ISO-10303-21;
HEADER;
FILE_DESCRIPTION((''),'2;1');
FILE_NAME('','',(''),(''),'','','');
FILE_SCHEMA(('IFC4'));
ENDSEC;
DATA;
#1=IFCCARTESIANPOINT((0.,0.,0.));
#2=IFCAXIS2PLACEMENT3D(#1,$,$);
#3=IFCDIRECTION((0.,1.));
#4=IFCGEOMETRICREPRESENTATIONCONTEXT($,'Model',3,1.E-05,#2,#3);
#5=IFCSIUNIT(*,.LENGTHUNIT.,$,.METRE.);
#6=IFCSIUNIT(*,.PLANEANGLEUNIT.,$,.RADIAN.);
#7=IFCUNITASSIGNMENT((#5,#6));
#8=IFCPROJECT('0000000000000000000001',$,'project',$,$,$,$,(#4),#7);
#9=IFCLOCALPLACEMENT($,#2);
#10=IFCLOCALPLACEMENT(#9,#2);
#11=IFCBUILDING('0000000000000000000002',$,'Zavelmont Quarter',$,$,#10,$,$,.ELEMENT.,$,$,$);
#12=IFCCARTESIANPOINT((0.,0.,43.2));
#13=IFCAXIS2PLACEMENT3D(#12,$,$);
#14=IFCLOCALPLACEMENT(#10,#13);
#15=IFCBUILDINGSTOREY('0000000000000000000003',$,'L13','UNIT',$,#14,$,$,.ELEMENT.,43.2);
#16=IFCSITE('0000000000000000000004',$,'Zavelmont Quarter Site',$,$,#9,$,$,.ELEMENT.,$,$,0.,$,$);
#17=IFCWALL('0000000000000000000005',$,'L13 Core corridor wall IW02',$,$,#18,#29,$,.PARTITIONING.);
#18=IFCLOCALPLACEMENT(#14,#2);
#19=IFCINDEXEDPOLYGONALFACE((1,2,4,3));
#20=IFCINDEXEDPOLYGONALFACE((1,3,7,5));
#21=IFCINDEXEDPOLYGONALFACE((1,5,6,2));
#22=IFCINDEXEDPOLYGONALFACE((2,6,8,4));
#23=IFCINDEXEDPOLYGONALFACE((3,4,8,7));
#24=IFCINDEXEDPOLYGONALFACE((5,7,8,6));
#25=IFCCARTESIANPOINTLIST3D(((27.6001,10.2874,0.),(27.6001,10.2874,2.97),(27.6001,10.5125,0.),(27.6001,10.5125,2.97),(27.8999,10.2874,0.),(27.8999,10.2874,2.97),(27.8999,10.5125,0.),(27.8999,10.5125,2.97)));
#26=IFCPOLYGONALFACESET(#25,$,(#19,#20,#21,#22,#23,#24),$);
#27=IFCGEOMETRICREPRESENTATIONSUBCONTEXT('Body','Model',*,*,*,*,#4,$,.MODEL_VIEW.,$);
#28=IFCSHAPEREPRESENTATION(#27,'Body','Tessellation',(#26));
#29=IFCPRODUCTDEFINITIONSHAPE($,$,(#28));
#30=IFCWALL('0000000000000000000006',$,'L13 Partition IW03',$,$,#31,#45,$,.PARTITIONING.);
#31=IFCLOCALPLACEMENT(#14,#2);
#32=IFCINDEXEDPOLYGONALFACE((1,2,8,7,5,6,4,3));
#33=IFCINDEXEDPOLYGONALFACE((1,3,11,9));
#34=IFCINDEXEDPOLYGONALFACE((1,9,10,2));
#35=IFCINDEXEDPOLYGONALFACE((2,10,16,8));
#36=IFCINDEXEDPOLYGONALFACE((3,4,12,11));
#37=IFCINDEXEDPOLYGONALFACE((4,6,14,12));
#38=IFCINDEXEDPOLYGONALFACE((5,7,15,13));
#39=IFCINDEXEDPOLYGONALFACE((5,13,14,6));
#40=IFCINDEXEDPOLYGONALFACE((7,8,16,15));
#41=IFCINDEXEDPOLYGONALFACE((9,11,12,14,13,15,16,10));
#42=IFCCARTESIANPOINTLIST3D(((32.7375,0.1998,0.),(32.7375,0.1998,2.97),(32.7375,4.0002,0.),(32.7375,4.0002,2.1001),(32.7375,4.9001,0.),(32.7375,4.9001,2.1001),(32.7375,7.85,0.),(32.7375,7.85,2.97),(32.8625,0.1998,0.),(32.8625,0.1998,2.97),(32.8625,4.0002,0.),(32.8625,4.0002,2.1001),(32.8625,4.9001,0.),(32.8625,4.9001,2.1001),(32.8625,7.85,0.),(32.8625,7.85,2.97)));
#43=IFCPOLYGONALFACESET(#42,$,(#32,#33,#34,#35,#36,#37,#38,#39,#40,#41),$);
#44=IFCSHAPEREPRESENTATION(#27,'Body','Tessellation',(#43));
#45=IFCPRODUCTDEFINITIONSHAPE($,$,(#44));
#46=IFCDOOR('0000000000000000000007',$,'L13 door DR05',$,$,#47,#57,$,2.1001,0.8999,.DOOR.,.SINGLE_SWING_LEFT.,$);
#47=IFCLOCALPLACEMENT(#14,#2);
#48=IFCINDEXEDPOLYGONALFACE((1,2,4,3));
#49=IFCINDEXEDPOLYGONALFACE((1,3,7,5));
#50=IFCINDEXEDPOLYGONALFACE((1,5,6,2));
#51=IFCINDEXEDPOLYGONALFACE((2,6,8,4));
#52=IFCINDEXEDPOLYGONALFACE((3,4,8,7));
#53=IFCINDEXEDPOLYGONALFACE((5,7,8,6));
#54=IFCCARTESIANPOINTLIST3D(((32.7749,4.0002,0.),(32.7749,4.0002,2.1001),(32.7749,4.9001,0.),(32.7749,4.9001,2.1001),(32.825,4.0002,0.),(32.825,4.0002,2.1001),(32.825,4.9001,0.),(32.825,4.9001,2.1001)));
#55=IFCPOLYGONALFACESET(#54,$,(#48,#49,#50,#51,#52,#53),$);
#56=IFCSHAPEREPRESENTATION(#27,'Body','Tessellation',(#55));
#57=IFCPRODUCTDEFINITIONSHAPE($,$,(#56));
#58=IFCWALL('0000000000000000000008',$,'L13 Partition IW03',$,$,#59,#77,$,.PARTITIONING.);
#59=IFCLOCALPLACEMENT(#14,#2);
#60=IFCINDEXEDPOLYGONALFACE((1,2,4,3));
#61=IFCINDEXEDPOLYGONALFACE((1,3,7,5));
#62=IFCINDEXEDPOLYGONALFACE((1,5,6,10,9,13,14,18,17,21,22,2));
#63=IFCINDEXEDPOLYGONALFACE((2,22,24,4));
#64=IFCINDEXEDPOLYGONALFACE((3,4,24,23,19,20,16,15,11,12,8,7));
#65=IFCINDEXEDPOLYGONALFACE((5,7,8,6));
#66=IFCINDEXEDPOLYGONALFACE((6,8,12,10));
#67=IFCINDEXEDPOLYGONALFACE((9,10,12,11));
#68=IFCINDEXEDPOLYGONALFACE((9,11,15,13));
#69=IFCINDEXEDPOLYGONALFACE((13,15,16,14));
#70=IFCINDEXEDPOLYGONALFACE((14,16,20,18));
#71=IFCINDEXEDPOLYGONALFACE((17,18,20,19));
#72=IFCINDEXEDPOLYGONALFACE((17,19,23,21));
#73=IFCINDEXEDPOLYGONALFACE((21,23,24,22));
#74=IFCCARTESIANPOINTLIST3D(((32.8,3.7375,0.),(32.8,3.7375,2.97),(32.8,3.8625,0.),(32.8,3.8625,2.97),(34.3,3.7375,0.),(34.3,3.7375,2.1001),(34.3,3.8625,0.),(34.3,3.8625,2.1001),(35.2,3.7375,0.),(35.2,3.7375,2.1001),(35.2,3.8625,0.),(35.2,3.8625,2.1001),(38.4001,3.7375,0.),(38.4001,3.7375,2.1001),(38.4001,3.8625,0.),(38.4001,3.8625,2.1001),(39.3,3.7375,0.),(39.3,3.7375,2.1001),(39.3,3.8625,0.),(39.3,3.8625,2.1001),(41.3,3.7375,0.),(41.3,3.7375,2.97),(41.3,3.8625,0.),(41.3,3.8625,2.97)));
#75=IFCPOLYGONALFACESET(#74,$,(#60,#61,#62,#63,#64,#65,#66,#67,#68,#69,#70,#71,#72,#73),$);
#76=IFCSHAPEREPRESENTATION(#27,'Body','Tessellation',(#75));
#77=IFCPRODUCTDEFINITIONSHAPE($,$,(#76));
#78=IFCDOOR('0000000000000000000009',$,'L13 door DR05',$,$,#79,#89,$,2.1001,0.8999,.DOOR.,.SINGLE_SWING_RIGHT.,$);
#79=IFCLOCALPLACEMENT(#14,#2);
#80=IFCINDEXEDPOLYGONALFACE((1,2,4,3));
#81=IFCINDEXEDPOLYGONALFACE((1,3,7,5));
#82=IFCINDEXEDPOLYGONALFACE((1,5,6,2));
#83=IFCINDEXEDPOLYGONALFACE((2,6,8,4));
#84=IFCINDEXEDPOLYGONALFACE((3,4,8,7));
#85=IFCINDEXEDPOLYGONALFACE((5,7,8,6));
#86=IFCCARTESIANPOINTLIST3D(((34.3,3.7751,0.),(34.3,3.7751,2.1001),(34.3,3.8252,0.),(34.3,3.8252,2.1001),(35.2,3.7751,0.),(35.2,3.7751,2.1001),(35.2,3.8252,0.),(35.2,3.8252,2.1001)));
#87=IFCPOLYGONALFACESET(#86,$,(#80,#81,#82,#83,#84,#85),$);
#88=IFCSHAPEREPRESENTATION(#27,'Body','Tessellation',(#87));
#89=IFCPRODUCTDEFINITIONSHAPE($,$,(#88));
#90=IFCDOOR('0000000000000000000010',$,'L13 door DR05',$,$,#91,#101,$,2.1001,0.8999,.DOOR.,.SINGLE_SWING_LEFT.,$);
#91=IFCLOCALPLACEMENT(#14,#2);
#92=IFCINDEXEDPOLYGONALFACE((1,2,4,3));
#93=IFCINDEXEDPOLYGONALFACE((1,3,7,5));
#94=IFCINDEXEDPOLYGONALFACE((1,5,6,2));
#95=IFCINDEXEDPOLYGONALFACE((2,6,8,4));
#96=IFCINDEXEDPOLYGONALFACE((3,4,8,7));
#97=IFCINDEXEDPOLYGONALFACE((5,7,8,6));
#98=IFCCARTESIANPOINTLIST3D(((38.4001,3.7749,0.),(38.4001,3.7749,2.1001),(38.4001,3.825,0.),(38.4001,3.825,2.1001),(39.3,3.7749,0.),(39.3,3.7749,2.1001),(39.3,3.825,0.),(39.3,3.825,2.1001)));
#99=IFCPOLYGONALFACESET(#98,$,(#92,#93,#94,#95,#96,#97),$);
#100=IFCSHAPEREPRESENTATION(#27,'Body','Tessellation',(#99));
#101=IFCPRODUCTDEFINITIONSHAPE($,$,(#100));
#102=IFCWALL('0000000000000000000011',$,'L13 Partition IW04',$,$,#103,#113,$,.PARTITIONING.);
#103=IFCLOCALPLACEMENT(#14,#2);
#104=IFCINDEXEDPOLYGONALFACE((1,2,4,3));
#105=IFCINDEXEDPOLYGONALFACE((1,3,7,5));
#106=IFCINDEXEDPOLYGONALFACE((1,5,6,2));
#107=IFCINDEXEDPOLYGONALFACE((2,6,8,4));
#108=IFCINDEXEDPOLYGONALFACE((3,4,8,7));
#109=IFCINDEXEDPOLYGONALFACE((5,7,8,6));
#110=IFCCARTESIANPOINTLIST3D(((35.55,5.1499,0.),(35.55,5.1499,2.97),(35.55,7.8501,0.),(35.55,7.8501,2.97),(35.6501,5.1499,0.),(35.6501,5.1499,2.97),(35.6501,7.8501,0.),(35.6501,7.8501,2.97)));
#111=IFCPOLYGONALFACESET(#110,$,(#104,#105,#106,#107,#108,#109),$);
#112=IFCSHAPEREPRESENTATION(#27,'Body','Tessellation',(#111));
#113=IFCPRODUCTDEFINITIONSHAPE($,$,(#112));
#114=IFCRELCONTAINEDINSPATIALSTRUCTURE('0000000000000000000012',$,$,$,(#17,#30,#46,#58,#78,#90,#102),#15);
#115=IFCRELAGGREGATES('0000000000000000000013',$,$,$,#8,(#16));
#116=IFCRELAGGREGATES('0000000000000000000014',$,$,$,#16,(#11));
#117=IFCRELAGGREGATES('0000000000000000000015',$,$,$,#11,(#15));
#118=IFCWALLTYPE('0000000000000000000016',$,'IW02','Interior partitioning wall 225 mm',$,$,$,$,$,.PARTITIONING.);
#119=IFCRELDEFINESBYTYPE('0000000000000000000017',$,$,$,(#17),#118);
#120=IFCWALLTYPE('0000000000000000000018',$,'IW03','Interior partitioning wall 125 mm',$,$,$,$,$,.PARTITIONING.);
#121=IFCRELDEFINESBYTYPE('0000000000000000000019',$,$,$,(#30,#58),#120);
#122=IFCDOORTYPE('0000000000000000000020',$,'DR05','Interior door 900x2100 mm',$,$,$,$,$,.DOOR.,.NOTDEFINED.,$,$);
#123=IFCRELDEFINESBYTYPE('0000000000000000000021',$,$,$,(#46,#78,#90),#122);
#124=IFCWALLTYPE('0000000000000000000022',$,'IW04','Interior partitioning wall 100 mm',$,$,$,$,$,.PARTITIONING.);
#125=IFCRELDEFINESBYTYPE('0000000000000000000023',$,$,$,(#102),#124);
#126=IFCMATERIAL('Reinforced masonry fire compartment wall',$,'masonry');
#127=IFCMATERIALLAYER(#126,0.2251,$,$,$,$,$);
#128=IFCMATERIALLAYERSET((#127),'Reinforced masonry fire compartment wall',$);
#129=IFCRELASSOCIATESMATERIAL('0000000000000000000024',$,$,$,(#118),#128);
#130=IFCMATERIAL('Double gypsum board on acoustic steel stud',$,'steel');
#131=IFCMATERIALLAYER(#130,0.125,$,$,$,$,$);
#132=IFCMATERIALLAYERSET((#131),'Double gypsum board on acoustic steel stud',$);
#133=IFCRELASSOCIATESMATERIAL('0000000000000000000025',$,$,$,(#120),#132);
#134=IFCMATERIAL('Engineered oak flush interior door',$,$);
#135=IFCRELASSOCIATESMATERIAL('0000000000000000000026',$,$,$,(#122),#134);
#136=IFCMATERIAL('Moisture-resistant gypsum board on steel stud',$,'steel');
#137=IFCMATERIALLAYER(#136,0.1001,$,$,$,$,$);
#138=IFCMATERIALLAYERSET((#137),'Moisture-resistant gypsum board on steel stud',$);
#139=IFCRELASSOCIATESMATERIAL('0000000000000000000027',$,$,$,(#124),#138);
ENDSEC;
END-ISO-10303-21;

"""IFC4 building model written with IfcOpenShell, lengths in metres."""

from ifc_helpers import new_model, si_unit, direction, frame, frame_2d, origin, origin_with_axes, place, context, subcontext, project, spatial, rectangle, extrude, material, layer, layer_set, type_object, element, fill, save


model = new_model("IFC4")

# Units and contexts
model_context = context("Model", 3, precision=1e-05, world=origin(), true_north=direction((0.0, 1.0)))
body_context = subcontext(model_context, "Body", "Model", "MODEL_VIEW")
ifc_project = project(units=[si_unit("LENGTHUNIT", "METRE"), si_unit("PLANEANGLEUNIT", "RADIAN")], contexts=[model_context])

# Site, building, storey
site_placement = place(None, origin())
site = spatial("IfcSite", under=ifc_project, at=site_placement, Name="Zavelmont Quarter Site", CompositionType="ELEMENT", RefElevation=0.0)
building_placement = place(site_placement, origin())
building = spatial("IfcBuilding", under=site, at=building_placement, Name="Zavelmont Quarter", CompositionType="ELEMENT")
storey_placement = place(building_placement, frame((0.0, 0.0, 43.2)))
storey = spatial("IfcBuildingStorey", under=building, at=storey_placement, Name="L13", Description="UNIT", CompositionType="ELEMENT", Elevation=43.2)

# Wall
ifc_material_1 = material(Name="Reinforced masonry fire compartment wall", Category="masonry")
ifc_layer_1 = layer(ifc_material_1, 0.2251)
ifc_layer_set_1 = layer_set([ifc_layer_1], Name="Reinforced masonry fire compartment wall")
wall_type_1 = type_object("IfcWallType", Name="IW02", Description="Interior partitioning wall 225 mm", PredefinedType="PARTITIONING", material=ifc_layer_set_1)
wall_1_placement = place(storey_placement, frame((27.6001, 10.3999, 0.0), z_axis=(0.0, 0.0, 1.0), x_axis=(1.0, 0.0, 0.0)))
element("IfcWall", 1, at=wall_1_placement, inside=storey, type_object=wall_type_1, Name="L13 Core corridor wall IW02", PredefinedType="PARTITIONING", context=body_context, shape_type="SweptSolid", body=[
    extrude(rectangle(XDim=0.2998, YDim=0.2251, at=frame_2d((0.1499, 0.0))), origin(), (0.0, 0.0, 1.0), 2.97),
])

# Wall, opening, door
ifc_material_2 = material(Name="Double gypsum board on acoustic steel stud", Category="steel")
ifc_layer_2 = layer(ifc_material_2, 0.125)
ifc_layer_set_2 = layer_set([ifc_layer_2], Name="Double gypsum board on acoustic steel stud")
wall_type_2 = type_object("IfcWallType", Name="IW03", Description="Interior partitioning wall 125 mm", PredefinedType="PARTITIONING", material=ifc_layer_set_2)
wall_2_placement = place(storey_placement, frame((32.8, 7.8501, 0.0), z_axis=(0.0, 0.0, 1.0), x_axis=(0.0, -1.0, 0.0)))
wall_2 = element("IfcWall", 2, at=wall_2_placement, inside=storey, type_object=wall_type_2, Name="L13 Partition IW03", PredefinedType="PARTITIONING", context=body_context, shape_type="SweptSolid", body=[
    extrude(rectangle(XDim=7.6501, YDim=0.125, at=frame_2d((3.8252, 0.0))), origin(), (0.0, 0.0, 1.0), 2.97),
])
opening_1_placement = place(wall_2_placement, frame((2.95, 0.0, 0.0)))
opening_1 = element("IfcOpeningElement", 3, at=opening_1_placement, cuts=wall_2, PredefinedType="OPENING", context=body_context, shape_type="SweptSolid", body=[
    extrude(rectangle(XDim=0.8999, YDim=2.1001, at=frame_2d((0.45, 1.05))), frame((0.0, 0.0745, 0.0), z_axis=(0.0, -1.0, 0.0), x_axis=(1.0, 0.0, 0.0)), (0.0, 0.0, 1.0), 0.1489),
])
ifc_material_3 = material(Name="Engineered oak flush interior door")
door_type_1 = type_object("IfcDoorType", Name="DR05", Description="Interior door 900x2100 mm", OperationType="NOTDEFINED", PredefinedType="DOOR", material=ifc_material_3)
door_1_placement = place(opening_1_placement, origin_with_axes())
door_1 = element("IfcDoor", 4, at=door_1_placement, inside=storey, type_object=door_type_1, Name="L13 door DR05", OperationType="SINGLE_SWING_LEFT", OverallHeight=2.1001, OverallWidth=0.8999, PredefinedType="DOOR", context=body_context, shape_type="SweptSolid", body=[
    extrude(rectangle(XDim=0.8999, YDim=2.1001, at=frame_2d((0.45, 1.05))), frame((0.0, 0.0249, 0.0), z_axis=(0.0, -1.0, 0.0), x_axis=(1.0, 0.0, 0.0)), (0.0, 0.0, 1.0), 0.05),
])
fill(opening_1, door_1)

# Wall, openings, doors
wall_3_placement = place(storey_placement, frame((32.8, 3.8, 0.0), z_axis=(0.0, 0.0, 1.0), x_axis=(1.0, 0.0, 0.0)))
wall_3 = element("IfcWall", 5, at=wall_3_placement, inside=storey, type_object=wall_type_2, Name="L13 Partition IW03", PredefinedType="PARTITIONING", context=body_context, shape_type="SweptSolid", body=[
    extrude(rectangle(XDim=8.5, YDim=0.125, at=frame_2d((4.25, 0.0))), origin(), (0.0, 0.0, 1.0), 2.97),
])
opening_2_placement = place(wall_3_placement, frame((1.5, 0.0, 0.0)))
opening_2 = element("IfcOpeningElement", 6, at=opening_2_placement, cuts=wall_3, PredefinedType="OPENING", context=body_context, shape_type="SweptSolid", body=[
    extrude(rectangle(XDim=0.8999, YDim=2.1001, at=frame_2d((0.45, 1.05))), frame((0.0, 0.0745, 0.0), z_axis=(0.0, -1.0, 0.0), x_axis=(1.0, 0.0, 0.0)), (0.0, 0.0, 1.0), 0.1489),
])
opening_3_placement = place(wall_3_placement, frame((5.6001, 0.0, 0.0)))
opening_3 = element("IfcOpeningElement", 7, at=opening_3_placement, cuts=wall_3, PredefinedType="OPENING", context=body_context, shape_type="SweptSolid", body=[
    extrude(rectangle(XDim=0.8999, YDim=2.1001, at=frame_2d((0.45, 1.05))), frame((0.0, 0.0745, 0.0), z_axis=(0.0, -1.0, 0.0), x_axis=(1.0, 0.0, 0.0)), (0.0, 0.0, 1.0), 0.1489),
])
door_2_placement = place(opening_2_placement, frame((0.8999, 0.0, 0.0), z_axis=(0.0, 0.0, 1.0), x_axis=(-1.0, 0.0, 0.0)))
door_2 = element("IfcDoor", 8, at=door_2_placement, inside=storey, type_object=door_type_1, Name="L13 door DR05", OperationType="SINGLE_SWING_RIGHT", OverallHeight=2.1001, OverallWidth=0.8999, PredefinedType="DOOR", context=body_context, shape_type="SweptSolid", body=[
    extrude(rectangle(XDim=0.8999, YDim=2.1001, at=frame_2d((0.45, 1.05))), frame((0.0, 0.0249, 0.0), z_axis=(0.0, -1.0, 0.0), x_axis=(1.0, 0.0, 0.0)), (0.0, 0.0, 1.0), 0.05),
])
fill(opening_2, door_2)
door_3_placement = place(opening_3_placement, origin_with_axes())
door_3 = element("IfcDoor", 9, at=door_3_placement, inside=storey, type_object=door_type_1, Name="L13 door DR05", OperationType="SINGLE_SWING_LEFT", OverallHeight=2.1001, OverallWidth=0.8999, PredefinedType="DOOR", context=body_context, shape_type="SweptSolid", body=[
    extrude(rectangle(XDim=0.8999, YDim=2.1001, at=frame_2d((0.45, 1.05))), frame((0.0, 0.0249, 0.0), z_axis=(0.0, -1.0, 0.0), x_axis=(1.0, 0.0, 0.0)), (0.0, 0.0, 1.0), 0.05),
])
fill(opening_3, door_3)

# Wall
ifc_material_4 = material(Name="Moisture-resistant gypsum board on steel stud", Category="steel")
ifc_layer_3 = layer(ifc_material_4, 0.1001)
ifc_layer_set_3 = layer_set([ifc_layer_3], Name="Moisture-resistant gypsum board on steel stud")
wall_type_3 = type_object("IfcWallType", Name="IW04", Description="Interior partitioning wall 100 mm", PredefinedType="PARTITIONING", material=ifc_layer_set_3)
wall_4_placement = place(storey_placement, frame((35.6001, 7.8501, 0.0), z_axis=(0.0, 0.0, 1.0), x_axis=(0.0, -1.0, 0.0)))
element("IfcWall", 10, at=wall_4_placement, inside=storey, type_object=wall_type_3, Name="L13 Partition IW04", PredefinedType="PARTITIONING", context=body_context, shape_type="SweptSolid", body=[
    extrude(rectangle(XDim=2.7002, YDim=0.1001, at=frame_2d((1.3501, 0.0))), origin(), (0.0, 0.0, 1.0), 2.97),
])

save(model, "model.ifc")
